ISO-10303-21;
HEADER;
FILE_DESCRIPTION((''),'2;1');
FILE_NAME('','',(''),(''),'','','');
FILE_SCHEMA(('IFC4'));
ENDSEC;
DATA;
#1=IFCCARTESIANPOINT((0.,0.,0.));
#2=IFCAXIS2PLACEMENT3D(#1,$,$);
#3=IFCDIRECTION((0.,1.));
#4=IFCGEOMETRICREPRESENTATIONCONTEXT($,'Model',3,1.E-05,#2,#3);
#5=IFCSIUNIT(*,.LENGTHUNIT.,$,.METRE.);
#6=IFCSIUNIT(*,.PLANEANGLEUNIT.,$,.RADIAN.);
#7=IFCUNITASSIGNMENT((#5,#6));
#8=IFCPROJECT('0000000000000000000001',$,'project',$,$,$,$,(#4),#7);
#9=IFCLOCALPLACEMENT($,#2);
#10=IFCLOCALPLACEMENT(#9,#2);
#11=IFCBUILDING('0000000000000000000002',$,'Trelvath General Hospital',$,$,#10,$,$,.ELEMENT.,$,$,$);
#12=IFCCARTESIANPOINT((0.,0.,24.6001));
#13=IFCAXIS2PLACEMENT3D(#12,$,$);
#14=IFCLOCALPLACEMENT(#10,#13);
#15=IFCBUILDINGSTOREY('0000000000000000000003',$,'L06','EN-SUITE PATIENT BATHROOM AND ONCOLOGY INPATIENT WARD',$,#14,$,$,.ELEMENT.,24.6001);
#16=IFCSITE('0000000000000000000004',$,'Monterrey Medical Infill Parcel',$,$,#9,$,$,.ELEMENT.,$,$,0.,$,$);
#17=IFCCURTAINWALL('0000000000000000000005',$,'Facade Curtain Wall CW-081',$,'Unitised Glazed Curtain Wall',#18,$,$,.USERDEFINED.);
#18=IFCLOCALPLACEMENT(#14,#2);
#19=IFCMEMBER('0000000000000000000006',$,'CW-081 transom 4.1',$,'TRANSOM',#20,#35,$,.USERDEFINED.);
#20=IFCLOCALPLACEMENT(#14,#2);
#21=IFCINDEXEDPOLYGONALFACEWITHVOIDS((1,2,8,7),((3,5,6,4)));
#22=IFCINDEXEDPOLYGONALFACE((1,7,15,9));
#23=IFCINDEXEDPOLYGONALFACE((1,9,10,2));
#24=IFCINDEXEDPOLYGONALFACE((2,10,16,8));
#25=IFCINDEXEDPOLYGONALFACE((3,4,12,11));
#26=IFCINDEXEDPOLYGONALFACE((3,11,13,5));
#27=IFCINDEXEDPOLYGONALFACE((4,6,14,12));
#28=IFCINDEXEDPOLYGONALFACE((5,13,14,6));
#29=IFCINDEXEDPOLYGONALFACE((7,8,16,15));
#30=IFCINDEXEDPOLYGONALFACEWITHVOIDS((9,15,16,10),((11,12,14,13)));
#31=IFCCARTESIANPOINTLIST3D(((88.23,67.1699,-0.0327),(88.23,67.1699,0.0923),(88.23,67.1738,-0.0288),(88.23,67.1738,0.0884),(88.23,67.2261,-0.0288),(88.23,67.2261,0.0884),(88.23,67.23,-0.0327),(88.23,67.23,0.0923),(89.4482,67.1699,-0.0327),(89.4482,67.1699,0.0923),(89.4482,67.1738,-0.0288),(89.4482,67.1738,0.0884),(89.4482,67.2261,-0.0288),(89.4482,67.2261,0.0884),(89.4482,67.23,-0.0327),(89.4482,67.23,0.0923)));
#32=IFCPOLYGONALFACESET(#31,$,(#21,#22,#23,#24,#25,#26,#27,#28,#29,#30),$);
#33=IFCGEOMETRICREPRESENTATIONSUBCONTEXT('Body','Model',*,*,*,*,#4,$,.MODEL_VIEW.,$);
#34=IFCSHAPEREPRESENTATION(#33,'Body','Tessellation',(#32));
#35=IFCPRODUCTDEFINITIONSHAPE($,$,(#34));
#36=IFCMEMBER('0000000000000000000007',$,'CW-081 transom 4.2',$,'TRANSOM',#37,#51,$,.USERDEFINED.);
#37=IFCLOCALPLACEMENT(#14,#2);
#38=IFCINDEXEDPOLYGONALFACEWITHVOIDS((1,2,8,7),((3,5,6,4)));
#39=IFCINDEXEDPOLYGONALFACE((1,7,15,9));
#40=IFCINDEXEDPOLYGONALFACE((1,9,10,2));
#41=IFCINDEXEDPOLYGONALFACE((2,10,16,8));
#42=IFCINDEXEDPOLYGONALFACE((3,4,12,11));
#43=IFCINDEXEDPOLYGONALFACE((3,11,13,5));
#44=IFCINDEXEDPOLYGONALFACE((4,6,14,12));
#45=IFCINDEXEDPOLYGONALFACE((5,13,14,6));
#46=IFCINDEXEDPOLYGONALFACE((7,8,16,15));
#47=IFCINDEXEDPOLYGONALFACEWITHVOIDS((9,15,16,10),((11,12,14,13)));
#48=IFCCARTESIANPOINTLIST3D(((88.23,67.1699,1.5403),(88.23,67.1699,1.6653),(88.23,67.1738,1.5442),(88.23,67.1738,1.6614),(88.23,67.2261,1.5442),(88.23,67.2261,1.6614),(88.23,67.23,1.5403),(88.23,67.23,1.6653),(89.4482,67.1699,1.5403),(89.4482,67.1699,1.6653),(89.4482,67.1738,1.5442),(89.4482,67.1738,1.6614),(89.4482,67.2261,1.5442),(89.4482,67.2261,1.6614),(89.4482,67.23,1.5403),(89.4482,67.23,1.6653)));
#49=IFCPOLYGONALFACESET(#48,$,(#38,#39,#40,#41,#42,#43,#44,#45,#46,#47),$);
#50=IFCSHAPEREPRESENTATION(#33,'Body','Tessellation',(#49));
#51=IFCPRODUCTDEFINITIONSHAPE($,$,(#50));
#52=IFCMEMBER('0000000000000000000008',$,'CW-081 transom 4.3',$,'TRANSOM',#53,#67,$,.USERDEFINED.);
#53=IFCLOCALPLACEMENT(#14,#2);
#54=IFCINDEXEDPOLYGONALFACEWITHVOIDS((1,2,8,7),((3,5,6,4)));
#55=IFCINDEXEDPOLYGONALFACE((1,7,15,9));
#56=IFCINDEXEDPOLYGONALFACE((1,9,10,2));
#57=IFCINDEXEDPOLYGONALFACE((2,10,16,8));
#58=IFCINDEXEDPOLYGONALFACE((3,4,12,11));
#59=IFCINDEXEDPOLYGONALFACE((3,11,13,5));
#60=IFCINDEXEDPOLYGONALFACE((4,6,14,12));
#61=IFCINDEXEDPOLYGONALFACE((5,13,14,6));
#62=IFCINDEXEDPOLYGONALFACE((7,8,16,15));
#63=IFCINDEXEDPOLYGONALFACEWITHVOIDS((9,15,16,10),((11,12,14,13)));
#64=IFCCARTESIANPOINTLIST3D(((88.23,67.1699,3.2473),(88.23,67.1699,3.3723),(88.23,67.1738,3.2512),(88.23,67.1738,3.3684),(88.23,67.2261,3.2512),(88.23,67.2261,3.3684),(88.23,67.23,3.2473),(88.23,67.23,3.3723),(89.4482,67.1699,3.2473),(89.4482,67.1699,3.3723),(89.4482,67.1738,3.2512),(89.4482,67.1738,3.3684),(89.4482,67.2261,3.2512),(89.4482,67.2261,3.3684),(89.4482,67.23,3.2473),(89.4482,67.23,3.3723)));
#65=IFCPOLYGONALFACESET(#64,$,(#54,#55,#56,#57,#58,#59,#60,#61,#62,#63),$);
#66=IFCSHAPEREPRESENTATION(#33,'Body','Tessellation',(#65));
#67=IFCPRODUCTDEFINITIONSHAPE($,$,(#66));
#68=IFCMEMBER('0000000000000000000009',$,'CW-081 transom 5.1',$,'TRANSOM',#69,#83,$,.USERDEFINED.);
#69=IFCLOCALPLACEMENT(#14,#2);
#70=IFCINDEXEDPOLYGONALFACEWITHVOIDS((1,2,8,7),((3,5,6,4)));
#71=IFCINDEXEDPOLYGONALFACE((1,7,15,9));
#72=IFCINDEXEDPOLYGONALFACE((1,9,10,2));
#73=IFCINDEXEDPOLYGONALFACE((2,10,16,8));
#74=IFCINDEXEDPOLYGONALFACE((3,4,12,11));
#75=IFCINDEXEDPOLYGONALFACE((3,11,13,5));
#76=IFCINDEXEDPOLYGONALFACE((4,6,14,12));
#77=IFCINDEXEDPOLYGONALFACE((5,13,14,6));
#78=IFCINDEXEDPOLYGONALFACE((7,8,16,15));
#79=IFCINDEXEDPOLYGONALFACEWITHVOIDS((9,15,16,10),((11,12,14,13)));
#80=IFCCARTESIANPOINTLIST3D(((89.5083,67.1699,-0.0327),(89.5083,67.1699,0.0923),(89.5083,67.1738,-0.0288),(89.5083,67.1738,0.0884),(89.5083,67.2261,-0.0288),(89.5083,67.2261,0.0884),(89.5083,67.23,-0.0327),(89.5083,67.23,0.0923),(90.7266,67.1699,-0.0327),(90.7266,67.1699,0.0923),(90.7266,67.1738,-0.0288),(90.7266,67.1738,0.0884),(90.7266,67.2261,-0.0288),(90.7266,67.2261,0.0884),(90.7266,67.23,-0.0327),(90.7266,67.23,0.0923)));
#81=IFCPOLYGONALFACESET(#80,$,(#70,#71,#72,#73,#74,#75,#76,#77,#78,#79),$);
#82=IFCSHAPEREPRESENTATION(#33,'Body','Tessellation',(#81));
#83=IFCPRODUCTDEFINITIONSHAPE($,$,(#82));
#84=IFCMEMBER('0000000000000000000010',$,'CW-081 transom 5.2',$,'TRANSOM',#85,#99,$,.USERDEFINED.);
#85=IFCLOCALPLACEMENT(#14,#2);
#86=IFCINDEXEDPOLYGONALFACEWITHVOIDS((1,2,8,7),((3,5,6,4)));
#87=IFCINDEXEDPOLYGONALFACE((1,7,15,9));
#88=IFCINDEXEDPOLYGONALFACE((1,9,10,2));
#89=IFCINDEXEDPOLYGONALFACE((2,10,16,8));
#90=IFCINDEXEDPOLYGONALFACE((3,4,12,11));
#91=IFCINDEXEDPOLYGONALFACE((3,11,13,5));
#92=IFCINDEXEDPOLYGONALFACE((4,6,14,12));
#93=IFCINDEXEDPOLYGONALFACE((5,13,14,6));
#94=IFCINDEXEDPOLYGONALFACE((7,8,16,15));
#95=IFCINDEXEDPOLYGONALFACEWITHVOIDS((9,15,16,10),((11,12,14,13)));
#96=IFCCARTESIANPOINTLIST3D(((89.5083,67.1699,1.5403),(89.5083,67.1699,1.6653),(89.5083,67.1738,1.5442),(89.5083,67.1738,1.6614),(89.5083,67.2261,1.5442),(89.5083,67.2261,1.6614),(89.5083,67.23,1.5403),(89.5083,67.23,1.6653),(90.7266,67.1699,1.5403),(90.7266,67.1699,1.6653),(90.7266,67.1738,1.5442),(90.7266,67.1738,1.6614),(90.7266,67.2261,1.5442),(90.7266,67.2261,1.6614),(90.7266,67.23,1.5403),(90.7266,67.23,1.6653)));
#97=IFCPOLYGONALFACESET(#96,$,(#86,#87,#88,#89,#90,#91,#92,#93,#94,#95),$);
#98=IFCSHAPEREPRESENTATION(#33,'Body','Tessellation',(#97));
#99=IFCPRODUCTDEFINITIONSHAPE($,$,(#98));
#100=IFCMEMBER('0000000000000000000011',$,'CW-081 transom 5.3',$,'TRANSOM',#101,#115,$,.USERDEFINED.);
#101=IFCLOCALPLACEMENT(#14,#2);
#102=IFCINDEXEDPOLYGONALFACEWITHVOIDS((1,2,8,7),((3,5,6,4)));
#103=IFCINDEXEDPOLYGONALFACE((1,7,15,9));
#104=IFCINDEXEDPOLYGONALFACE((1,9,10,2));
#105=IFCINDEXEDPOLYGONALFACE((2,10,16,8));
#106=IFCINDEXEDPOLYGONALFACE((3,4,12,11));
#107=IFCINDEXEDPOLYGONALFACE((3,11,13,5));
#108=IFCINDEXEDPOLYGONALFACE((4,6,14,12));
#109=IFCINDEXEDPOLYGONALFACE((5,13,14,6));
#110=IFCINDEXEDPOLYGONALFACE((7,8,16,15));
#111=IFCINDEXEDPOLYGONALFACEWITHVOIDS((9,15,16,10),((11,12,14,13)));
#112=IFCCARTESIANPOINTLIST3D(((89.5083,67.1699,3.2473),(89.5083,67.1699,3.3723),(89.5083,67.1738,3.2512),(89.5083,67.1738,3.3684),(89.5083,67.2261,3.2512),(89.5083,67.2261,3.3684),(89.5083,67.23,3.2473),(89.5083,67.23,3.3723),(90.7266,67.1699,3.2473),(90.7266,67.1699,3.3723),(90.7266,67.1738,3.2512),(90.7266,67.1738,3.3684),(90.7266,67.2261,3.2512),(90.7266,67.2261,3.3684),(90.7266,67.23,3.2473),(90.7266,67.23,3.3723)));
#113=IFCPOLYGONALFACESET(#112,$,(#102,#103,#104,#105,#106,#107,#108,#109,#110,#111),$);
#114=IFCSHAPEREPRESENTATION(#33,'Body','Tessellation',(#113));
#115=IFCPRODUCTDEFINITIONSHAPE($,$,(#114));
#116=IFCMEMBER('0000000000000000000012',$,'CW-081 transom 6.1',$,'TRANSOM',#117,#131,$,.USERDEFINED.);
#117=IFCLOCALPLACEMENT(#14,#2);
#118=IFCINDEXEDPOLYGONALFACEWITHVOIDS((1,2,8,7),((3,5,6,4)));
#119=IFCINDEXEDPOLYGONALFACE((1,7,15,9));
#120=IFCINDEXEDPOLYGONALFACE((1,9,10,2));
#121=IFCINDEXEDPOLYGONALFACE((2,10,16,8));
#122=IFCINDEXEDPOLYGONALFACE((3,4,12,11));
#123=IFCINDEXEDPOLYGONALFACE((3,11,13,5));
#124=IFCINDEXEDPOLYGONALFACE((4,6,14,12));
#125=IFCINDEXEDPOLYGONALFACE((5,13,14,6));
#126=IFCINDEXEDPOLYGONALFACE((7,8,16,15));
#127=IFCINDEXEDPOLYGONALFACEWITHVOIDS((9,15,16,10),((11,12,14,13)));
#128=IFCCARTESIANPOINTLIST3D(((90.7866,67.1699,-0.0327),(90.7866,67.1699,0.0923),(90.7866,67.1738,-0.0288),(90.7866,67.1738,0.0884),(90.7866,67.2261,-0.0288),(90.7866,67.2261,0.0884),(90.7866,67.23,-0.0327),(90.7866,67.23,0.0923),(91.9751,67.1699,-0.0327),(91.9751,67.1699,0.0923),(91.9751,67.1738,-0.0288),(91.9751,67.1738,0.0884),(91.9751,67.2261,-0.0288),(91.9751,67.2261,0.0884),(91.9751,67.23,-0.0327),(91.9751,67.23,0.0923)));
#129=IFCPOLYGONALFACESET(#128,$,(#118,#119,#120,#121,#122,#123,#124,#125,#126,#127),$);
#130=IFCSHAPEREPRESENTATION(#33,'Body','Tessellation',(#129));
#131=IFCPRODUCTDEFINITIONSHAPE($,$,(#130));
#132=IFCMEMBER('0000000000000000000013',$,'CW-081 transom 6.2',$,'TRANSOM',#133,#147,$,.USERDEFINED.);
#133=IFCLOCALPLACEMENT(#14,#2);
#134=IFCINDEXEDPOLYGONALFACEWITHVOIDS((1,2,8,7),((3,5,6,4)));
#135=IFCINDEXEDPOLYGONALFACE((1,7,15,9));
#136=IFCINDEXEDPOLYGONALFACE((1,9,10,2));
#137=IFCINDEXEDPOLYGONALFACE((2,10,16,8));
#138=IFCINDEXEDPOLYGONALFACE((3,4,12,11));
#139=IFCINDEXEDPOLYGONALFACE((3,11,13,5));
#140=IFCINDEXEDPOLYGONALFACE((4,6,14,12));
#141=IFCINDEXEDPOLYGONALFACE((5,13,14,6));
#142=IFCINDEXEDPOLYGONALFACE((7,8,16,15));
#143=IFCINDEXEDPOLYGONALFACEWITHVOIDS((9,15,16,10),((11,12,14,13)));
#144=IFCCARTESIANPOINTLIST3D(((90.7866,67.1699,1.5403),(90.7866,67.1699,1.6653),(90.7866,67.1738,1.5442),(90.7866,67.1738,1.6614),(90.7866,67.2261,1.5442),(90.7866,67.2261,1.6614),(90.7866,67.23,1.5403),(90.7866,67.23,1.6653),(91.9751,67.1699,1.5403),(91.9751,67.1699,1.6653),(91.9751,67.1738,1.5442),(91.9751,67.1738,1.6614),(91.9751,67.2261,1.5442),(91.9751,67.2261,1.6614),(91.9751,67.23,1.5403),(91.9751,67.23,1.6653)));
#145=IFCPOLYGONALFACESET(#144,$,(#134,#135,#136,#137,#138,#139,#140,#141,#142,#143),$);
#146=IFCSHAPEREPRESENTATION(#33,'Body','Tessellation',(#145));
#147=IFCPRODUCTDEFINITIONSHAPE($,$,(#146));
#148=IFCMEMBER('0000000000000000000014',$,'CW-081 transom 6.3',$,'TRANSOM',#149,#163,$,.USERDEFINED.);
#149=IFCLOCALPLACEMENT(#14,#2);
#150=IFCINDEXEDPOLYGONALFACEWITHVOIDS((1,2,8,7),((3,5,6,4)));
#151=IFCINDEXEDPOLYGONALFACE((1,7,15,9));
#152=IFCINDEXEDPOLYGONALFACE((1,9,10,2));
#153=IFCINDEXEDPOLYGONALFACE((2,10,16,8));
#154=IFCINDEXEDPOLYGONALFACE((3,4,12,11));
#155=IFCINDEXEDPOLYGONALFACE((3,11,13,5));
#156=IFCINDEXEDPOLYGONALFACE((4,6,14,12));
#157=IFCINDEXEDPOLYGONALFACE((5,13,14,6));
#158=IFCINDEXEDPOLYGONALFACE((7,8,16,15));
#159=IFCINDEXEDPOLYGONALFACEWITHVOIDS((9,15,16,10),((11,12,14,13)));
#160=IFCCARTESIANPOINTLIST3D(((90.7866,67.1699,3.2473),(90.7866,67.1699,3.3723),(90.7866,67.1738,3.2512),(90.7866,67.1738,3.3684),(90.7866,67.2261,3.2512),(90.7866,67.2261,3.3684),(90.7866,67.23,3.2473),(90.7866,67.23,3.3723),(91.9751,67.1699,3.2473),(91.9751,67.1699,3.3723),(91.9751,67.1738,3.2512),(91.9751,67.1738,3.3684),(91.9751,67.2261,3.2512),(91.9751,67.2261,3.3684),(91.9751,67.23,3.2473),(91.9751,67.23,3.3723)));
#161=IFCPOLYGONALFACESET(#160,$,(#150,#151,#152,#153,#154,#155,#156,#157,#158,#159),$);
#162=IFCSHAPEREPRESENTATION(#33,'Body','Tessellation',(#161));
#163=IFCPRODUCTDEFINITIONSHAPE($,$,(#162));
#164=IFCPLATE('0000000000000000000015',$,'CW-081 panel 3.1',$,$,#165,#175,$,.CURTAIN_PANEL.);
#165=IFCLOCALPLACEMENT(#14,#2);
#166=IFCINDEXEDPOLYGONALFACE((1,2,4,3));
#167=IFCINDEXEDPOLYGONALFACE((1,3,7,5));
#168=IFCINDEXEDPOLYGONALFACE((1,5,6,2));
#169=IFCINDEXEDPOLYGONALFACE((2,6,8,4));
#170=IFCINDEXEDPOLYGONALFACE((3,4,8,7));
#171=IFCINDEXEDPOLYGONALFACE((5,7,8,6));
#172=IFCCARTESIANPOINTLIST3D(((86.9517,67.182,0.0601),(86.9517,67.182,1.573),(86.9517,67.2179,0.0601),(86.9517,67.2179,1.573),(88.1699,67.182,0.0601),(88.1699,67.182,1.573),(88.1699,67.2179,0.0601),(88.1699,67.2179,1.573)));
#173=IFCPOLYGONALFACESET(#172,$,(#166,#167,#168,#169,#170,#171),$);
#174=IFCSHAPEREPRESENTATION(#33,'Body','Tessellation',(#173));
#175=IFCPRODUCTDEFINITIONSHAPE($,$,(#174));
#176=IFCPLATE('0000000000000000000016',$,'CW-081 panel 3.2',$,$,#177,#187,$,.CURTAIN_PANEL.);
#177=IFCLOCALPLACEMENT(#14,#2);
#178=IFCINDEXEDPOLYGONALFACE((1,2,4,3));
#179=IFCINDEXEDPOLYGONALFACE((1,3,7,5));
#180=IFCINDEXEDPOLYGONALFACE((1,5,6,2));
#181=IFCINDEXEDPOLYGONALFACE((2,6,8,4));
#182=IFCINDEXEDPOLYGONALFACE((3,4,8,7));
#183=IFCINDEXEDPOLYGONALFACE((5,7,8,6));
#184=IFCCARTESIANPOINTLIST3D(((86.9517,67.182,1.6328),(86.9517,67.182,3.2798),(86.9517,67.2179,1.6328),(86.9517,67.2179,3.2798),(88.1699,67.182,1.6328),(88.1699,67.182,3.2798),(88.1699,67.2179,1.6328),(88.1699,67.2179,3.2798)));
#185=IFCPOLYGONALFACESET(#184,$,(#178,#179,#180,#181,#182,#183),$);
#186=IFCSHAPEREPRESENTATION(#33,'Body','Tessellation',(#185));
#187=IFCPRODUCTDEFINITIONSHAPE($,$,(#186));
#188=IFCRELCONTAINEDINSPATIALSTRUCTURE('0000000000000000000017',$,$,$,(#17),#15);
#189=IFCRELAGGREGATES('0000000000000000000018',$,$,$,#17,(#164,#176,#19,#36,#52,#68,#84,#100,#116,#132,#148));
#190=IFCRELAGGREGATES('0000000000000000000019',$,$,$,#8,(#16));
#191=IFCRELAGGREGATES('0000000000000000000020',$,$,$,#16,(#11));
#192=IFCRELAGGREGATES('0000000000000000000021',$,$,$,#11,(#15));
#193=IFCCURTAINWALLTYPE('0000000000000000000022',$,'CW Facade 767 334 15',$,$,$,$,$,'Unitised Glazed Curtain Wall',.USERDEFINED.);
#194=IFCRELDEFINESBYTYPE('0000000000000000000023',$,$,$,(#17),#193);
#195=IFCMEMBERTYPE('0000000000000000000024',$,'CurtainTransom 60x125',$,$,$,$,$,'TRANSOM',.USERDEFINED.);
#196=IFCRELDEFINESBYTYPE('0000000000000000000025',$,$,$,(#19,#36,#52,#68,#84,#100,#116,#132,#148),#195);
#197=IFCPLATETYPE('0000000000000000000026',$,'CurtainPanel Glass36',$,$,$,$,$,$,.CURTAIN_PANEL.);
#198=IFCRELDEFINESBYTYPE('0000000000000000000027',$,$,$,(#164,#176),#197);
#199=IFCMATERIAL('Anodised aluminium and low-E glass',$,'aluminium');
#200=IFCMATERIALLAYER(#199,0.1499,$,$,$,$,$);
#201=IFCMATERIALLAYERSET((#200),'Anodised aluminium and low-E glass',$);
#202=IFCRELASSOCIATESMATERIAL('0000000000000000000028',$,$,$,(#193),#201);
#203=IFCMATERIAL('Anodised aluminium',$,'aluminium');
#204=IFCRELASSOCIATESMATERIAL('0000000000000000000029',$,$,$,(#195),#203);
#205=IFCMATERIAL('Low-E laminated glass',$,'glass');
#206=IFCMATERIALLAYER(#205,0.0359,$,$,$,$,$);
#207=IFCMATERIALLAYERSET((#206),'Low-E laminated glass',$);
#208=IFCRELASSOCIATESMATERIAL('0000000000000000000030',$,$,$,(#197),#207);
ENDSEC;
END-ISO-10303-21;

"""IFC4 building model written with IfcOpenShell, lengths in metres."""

from ifc_helpers import new_model, si_unit, direction, frame, origin, origin_2d, place, context, subcontext, project, spatial, rectangle, hollow_rectangle, extrude, material, layer, layer_set, material_profile, profile_set, type_object, element, aggregate, save


model = new_model("IFC4")

# Units and contexts
model_context = context("Model", 3, precision=1e-05, world=origin(), true_north=direction((0.0, 1.0)))
body_context = subcontext(model_context, "Body", "Model", "MODEL_VIEW")
ifc_project = project(units=[si_unit("LENGTHUNIT", "METRE"), si_unit("PLANEANGLEUNIT", "RADIAN")], contexts=[model_context])

# Site, building, storey
site_placement = place(None, origin())
site = spatial("IfcSite", under=ifc_project, at=site_placement, Name="Monterrey Medical Infill Parcel", CompositionType="ELEMENT", RefElevation=0.0)
building_placement = place(site_placement, origin())
building = spatial("IfcBuilding", under=site, at=building_placement, Name="Trelvath General Hospital", CompositionType="ELEMENT")
storey_placement = place(building_placement, frame((0.0, 0.0, 24.6001)))
storey = spatial("IfcBuildingStorey", under=building, at=storey_placement, Name="L06", Description="EN-SUITE PATIENT BATHROOM AND ONCOLOGY INPATIENT WARD", CompositionType="ELEMENT", Elevation=24.6001)

# Curtain wall
ifc_material_1 = material(Name="Anodised aluminium and low-E glass", Category="aluminium")
ifc_layer_1 = layer(ifc_material_1, 0.1499)
ifc_layer_set_1 = layer_set([ifc_layer_1], Name="Anodised aluminium and low-E glass")
curtain_wall_type_1 = type_object("IfcCurtainWallType", Name="CW Facade 767 334 15", ElementType="Unitised Glazed Curtain Wall", PredefinedType="USERDEFINED", material=ifc_layer_set_1)
curtain_wall_1_placement = place(storey_placement, origin())
curtain_wall_1 = element("IfcCurtainWall", 1, at=curtain_wall_1_placement, inside=storey, type_object=curtain_wall_type_1, Name="Facade Curtain Wall CW-081", ObjectType="Unitised Glazed Curtain Wall", PredefinedType="USERDEFINED")

# Members
ifc_material_2 = material(Name="Anodised aluminium", Category="aluminium")
ifc_material_profile_1 = material_profile(ifc_material_2, hollow_rectangle(XDim=0.0601, YDim=0.125, WallThickness=0.0039, at=origin_2d()), Name="RHS60x125x4")
ifc_profile_set_1 = profile_set([ifc_material_profile_1], Name="Anodised aluminium")
member_type_1 = type_object("IfcMemberType", Name="CurtainTransom 60x125", ElementType="TRANSOM", PredefinedType="USERDEFINED", material=ifc_profile_set_1)
member_1_placement = place(storey_placement, frame((88.23, 67.2, 0.0298), z_axis=(1.0, 0.0, 0.0), x_axis=(0.0, 1.0, 0.0)))
member_1 = element("IfcMember", 2, at=member_1_placement, type_object=member_type_1, Name="CW-081 transom 4.1", ObjectType="TRANSOM", PredefinedType="USERDEFINED", context=body_context, shape_type="SweptSolid", body=[
    extrude(hollow_rectangle(XDim=0.0601, YDim=0.125, WallThickness=0.0039, at=origin_2d()), origin(), (0.0, 0.0, 1.0), 1.2183),
])
member_2_placement = place(storey_placement, frame((88.23, 67.2, 1.6028), z_axis=(1.0, 0.0, 0.0), x_axis=(0.0, 1.0, 0.0)))
member_2 = element("IfcMember", 3, at=member_2_placement, type_object=member_type_1, Name="CW-081 transom 4.2", ObjectType="TRANSOM", PredefinedType="USERDEFINED", context=body_context, shape_type="SweptSolid", body=[
    extrude(hollow_rectangle(XDim=0.0601, YDim=0.125, WallThickness=0.0039, at=origin_2d()), origin(), (0.0, 0.0, 1.0), 1.2183),
])
member_3_placement = place(storey_placement, frame((88.23, 67.2, 3.3098), z_axis=(1.0, 0.0, 0.0), x_axis=(0.0, 1.0, 0.0)))
member_3 = element("IfcMember", 4, at=member_3_placement, type_object=member_type_1, Name="CW-081 transom 4.3", ObjectType="TRANSOM", PredefinedType="USERDEFINED", context=body_context, shape_type="SweptSolid", body=[
    extrude(hollow_rectangle(XDim=0.0601, YDim=0.125, WallThickness=0.0039, at=origin_2d()), origin(), (0.0, 0.0, 1.0), 1.2183),
])
member_4_placement = place(storey_placement, frame((89.5083, 67.2, 0.0298), z_axis=(1.0, 0.0, 0.0), x_axis=(0.0, 1.0, 0.0)))
member_4 = element("IfcMember", 5, at=member_4_placement, type_object=member_type_1, Name="CW-081 transom 5.1", ObjectType="TRANSOM", PredefinedType="USERDEFINED", context=body_context, shape_type="SweptSolid", body=[
    extrude(hollow_rectangle(XDim=0.0601, YDim=0.125, WallThickness=0.0039, at=origin_2d()), origin(), (0.0, 0.0, 1.0), 1.2183),
])
member_5_placement = place(storey_placement, frame((89.5083, 67.2, 1.6028), z_axis=(1.0, 0.0, 0.0), x_axis=(0.0, 1.0, 0.0)))
member_5 = element("IfcMember", 6, at=member_5_placement, type_object=member_type_1, Name="CW-081 transom 5.2", ObjectType="TRANSOM", PredefinedType="USERDEFINED", context=body_context, shape_type="SweptSolid", body=[
    extrude(hollow_rectangle(XDim=0.0601, YDim=0.125, WallThickness=0.0039, at=origin_2d()), origin(), (0.0, 0.0, 1.0), 1.2183),
])
member_6_placement = place(storey_placement, frame((89.5083, 67.2, 3.3098), z_axis=(1.0, 0.0, 0.0), x_axis=(0.0, 1.0, 0.0)))
member_6 = element("IfcMember", 7, at=member_6_placement, type_object=member_type_1, Name="CW-081 transom 5.3", ObjectType="TRANSOM", PredefinedType="USERDEFINED", context=body_context, shape_type="SweptSolid", body=[
    extrude(hollow_rectangle(XDim=0.0601, YDim=0.125, WallThickness=0.0039, at=origin_2d()), origin(), (0.0, 0.0, 1.0), 1.2183),
])
member_7_placement = place(storey_placement, frame((90.7866, 67.2, 0.0298), z_axis=(1.0, 0.0, 0.0), x_axis=(0.0, 1.0, 0.0)))
member_7 = element("IfcMember", 8, at=member_7_placement, type_object=member_type_1, Name="CW-081 transom 6.1", ObjectType="TRANSOM", PredefinedType="USERDEFINED", context=body_context, shape_type="SweptSolid", body=[
    extrude(hollow_rectangle(XDim=0.0601, YDim=0.125, WallThickness=0.0039, at=origin_2d()), origin(), (0.0, 0.0, 1.0), 1.1885),
])
member_8_placement = place(storey_placement, frame((90.7866, 67.2, 1.6028), z_axis=(1.0, 0.0, 0.0), x_axis=(0.0, 1.0, 0.0)))
member_8 = element("IfcMember", 9, at=member_8_placement, type_object=member_type_1, Name="CW-081 transom 6.2", ObjectType="TRANSOM", PredefinedType="USERDEFINED", context=body_context, shape_type="SweptSolid", body=[
    extrude(hollow_rectangle(XDim=0.0601, YDim=0.125, WallThickness=0.0039, at=origin_2d()), origin(), (0.0, 0.0, 1.0), 1.1885),
])
member_9_placement = place(storey_placement, frame((90.7866, 67.2, 3.3098), z_axis=(1.0, 0.0, 0.0), x_axis=(0.0, 1.0, 0.0)))
member_9 = element("IfcMember", 10, at=member_9_placement, type_object=member_type_1, Name="CW-081 transom 6.3", ObjectType="TRANSOM", PredefinedType="USERDEFINED", context=body_context, shape_type="SweptSolid", body=[
    extrude(hollow_rectangle(XDim=0.0601, YDim=0.125, WallThickness=0.0039, at=origin_2d()), origin(), (0.0, 0.0, 1.0), 1.1885),
])

# Plates
ifc_material_3 = material(Name="Low-E laminated glass", Category="glass")
ifc_layer_2 = layer(ifc_material_3, 0.0359)
ifc_layer_set_2 = layer_set([ifc_layer_2], Name="Low-E laminated glass")
plate_type = type_object("IfcPlateType", Name="CurtainPanel Glass36", PredefinedType="CURTAIN_PANEL", material=ifc_layer_set_2)
plate_1_placement = place(storey_placement, frame((87.5608, 67.2, 0.0601), z_axis=(0.0, 0.0, 1.0), x_axis=(1.0, 0.0, 0.0)))
plate_1 = element("IfcPlate", 11, at=plate_1_placement, type_object=plate_type, Name="CW-081 panel 3.1", PredefinedType="CURTAIN_PANEL", context=body_context, shape_type="SweptSolid", body=[
    extrude(rectangle(XDim=1.2183, YDim=0.0359, at=origin_2d()), origin(), (0.0, 0.0, 1.0), 1.5129),
])
plate_2_placement = place(storey_placement, frame((87.5608, 67.2, 1.6328), z_axis=(0.0, 0.0, 1.0), x_axis=(1.0, 0.0, 0.0)))
plate_2 = element("IfcPlate", 12, at=plate_2_placement, type_object=plate_type, Name="CW-081 panel 3.2", PredefinedType="CURTAIN_PANEL", context=body_context, shape_type="SweptSolid", body=[
    extrude(rectangle(XDim=1.2183, YDim=0.0359, at=origin_2d()), origin(), (0.0, 0.0, 1.0), 1.647),
])
aggregate(curtain_wall_1, [plate_1, plate_2, member_1, member_2, member_3, member_4, member_5, member_6, member_7, member_8, member_9])

save(model, "model.ifc")
